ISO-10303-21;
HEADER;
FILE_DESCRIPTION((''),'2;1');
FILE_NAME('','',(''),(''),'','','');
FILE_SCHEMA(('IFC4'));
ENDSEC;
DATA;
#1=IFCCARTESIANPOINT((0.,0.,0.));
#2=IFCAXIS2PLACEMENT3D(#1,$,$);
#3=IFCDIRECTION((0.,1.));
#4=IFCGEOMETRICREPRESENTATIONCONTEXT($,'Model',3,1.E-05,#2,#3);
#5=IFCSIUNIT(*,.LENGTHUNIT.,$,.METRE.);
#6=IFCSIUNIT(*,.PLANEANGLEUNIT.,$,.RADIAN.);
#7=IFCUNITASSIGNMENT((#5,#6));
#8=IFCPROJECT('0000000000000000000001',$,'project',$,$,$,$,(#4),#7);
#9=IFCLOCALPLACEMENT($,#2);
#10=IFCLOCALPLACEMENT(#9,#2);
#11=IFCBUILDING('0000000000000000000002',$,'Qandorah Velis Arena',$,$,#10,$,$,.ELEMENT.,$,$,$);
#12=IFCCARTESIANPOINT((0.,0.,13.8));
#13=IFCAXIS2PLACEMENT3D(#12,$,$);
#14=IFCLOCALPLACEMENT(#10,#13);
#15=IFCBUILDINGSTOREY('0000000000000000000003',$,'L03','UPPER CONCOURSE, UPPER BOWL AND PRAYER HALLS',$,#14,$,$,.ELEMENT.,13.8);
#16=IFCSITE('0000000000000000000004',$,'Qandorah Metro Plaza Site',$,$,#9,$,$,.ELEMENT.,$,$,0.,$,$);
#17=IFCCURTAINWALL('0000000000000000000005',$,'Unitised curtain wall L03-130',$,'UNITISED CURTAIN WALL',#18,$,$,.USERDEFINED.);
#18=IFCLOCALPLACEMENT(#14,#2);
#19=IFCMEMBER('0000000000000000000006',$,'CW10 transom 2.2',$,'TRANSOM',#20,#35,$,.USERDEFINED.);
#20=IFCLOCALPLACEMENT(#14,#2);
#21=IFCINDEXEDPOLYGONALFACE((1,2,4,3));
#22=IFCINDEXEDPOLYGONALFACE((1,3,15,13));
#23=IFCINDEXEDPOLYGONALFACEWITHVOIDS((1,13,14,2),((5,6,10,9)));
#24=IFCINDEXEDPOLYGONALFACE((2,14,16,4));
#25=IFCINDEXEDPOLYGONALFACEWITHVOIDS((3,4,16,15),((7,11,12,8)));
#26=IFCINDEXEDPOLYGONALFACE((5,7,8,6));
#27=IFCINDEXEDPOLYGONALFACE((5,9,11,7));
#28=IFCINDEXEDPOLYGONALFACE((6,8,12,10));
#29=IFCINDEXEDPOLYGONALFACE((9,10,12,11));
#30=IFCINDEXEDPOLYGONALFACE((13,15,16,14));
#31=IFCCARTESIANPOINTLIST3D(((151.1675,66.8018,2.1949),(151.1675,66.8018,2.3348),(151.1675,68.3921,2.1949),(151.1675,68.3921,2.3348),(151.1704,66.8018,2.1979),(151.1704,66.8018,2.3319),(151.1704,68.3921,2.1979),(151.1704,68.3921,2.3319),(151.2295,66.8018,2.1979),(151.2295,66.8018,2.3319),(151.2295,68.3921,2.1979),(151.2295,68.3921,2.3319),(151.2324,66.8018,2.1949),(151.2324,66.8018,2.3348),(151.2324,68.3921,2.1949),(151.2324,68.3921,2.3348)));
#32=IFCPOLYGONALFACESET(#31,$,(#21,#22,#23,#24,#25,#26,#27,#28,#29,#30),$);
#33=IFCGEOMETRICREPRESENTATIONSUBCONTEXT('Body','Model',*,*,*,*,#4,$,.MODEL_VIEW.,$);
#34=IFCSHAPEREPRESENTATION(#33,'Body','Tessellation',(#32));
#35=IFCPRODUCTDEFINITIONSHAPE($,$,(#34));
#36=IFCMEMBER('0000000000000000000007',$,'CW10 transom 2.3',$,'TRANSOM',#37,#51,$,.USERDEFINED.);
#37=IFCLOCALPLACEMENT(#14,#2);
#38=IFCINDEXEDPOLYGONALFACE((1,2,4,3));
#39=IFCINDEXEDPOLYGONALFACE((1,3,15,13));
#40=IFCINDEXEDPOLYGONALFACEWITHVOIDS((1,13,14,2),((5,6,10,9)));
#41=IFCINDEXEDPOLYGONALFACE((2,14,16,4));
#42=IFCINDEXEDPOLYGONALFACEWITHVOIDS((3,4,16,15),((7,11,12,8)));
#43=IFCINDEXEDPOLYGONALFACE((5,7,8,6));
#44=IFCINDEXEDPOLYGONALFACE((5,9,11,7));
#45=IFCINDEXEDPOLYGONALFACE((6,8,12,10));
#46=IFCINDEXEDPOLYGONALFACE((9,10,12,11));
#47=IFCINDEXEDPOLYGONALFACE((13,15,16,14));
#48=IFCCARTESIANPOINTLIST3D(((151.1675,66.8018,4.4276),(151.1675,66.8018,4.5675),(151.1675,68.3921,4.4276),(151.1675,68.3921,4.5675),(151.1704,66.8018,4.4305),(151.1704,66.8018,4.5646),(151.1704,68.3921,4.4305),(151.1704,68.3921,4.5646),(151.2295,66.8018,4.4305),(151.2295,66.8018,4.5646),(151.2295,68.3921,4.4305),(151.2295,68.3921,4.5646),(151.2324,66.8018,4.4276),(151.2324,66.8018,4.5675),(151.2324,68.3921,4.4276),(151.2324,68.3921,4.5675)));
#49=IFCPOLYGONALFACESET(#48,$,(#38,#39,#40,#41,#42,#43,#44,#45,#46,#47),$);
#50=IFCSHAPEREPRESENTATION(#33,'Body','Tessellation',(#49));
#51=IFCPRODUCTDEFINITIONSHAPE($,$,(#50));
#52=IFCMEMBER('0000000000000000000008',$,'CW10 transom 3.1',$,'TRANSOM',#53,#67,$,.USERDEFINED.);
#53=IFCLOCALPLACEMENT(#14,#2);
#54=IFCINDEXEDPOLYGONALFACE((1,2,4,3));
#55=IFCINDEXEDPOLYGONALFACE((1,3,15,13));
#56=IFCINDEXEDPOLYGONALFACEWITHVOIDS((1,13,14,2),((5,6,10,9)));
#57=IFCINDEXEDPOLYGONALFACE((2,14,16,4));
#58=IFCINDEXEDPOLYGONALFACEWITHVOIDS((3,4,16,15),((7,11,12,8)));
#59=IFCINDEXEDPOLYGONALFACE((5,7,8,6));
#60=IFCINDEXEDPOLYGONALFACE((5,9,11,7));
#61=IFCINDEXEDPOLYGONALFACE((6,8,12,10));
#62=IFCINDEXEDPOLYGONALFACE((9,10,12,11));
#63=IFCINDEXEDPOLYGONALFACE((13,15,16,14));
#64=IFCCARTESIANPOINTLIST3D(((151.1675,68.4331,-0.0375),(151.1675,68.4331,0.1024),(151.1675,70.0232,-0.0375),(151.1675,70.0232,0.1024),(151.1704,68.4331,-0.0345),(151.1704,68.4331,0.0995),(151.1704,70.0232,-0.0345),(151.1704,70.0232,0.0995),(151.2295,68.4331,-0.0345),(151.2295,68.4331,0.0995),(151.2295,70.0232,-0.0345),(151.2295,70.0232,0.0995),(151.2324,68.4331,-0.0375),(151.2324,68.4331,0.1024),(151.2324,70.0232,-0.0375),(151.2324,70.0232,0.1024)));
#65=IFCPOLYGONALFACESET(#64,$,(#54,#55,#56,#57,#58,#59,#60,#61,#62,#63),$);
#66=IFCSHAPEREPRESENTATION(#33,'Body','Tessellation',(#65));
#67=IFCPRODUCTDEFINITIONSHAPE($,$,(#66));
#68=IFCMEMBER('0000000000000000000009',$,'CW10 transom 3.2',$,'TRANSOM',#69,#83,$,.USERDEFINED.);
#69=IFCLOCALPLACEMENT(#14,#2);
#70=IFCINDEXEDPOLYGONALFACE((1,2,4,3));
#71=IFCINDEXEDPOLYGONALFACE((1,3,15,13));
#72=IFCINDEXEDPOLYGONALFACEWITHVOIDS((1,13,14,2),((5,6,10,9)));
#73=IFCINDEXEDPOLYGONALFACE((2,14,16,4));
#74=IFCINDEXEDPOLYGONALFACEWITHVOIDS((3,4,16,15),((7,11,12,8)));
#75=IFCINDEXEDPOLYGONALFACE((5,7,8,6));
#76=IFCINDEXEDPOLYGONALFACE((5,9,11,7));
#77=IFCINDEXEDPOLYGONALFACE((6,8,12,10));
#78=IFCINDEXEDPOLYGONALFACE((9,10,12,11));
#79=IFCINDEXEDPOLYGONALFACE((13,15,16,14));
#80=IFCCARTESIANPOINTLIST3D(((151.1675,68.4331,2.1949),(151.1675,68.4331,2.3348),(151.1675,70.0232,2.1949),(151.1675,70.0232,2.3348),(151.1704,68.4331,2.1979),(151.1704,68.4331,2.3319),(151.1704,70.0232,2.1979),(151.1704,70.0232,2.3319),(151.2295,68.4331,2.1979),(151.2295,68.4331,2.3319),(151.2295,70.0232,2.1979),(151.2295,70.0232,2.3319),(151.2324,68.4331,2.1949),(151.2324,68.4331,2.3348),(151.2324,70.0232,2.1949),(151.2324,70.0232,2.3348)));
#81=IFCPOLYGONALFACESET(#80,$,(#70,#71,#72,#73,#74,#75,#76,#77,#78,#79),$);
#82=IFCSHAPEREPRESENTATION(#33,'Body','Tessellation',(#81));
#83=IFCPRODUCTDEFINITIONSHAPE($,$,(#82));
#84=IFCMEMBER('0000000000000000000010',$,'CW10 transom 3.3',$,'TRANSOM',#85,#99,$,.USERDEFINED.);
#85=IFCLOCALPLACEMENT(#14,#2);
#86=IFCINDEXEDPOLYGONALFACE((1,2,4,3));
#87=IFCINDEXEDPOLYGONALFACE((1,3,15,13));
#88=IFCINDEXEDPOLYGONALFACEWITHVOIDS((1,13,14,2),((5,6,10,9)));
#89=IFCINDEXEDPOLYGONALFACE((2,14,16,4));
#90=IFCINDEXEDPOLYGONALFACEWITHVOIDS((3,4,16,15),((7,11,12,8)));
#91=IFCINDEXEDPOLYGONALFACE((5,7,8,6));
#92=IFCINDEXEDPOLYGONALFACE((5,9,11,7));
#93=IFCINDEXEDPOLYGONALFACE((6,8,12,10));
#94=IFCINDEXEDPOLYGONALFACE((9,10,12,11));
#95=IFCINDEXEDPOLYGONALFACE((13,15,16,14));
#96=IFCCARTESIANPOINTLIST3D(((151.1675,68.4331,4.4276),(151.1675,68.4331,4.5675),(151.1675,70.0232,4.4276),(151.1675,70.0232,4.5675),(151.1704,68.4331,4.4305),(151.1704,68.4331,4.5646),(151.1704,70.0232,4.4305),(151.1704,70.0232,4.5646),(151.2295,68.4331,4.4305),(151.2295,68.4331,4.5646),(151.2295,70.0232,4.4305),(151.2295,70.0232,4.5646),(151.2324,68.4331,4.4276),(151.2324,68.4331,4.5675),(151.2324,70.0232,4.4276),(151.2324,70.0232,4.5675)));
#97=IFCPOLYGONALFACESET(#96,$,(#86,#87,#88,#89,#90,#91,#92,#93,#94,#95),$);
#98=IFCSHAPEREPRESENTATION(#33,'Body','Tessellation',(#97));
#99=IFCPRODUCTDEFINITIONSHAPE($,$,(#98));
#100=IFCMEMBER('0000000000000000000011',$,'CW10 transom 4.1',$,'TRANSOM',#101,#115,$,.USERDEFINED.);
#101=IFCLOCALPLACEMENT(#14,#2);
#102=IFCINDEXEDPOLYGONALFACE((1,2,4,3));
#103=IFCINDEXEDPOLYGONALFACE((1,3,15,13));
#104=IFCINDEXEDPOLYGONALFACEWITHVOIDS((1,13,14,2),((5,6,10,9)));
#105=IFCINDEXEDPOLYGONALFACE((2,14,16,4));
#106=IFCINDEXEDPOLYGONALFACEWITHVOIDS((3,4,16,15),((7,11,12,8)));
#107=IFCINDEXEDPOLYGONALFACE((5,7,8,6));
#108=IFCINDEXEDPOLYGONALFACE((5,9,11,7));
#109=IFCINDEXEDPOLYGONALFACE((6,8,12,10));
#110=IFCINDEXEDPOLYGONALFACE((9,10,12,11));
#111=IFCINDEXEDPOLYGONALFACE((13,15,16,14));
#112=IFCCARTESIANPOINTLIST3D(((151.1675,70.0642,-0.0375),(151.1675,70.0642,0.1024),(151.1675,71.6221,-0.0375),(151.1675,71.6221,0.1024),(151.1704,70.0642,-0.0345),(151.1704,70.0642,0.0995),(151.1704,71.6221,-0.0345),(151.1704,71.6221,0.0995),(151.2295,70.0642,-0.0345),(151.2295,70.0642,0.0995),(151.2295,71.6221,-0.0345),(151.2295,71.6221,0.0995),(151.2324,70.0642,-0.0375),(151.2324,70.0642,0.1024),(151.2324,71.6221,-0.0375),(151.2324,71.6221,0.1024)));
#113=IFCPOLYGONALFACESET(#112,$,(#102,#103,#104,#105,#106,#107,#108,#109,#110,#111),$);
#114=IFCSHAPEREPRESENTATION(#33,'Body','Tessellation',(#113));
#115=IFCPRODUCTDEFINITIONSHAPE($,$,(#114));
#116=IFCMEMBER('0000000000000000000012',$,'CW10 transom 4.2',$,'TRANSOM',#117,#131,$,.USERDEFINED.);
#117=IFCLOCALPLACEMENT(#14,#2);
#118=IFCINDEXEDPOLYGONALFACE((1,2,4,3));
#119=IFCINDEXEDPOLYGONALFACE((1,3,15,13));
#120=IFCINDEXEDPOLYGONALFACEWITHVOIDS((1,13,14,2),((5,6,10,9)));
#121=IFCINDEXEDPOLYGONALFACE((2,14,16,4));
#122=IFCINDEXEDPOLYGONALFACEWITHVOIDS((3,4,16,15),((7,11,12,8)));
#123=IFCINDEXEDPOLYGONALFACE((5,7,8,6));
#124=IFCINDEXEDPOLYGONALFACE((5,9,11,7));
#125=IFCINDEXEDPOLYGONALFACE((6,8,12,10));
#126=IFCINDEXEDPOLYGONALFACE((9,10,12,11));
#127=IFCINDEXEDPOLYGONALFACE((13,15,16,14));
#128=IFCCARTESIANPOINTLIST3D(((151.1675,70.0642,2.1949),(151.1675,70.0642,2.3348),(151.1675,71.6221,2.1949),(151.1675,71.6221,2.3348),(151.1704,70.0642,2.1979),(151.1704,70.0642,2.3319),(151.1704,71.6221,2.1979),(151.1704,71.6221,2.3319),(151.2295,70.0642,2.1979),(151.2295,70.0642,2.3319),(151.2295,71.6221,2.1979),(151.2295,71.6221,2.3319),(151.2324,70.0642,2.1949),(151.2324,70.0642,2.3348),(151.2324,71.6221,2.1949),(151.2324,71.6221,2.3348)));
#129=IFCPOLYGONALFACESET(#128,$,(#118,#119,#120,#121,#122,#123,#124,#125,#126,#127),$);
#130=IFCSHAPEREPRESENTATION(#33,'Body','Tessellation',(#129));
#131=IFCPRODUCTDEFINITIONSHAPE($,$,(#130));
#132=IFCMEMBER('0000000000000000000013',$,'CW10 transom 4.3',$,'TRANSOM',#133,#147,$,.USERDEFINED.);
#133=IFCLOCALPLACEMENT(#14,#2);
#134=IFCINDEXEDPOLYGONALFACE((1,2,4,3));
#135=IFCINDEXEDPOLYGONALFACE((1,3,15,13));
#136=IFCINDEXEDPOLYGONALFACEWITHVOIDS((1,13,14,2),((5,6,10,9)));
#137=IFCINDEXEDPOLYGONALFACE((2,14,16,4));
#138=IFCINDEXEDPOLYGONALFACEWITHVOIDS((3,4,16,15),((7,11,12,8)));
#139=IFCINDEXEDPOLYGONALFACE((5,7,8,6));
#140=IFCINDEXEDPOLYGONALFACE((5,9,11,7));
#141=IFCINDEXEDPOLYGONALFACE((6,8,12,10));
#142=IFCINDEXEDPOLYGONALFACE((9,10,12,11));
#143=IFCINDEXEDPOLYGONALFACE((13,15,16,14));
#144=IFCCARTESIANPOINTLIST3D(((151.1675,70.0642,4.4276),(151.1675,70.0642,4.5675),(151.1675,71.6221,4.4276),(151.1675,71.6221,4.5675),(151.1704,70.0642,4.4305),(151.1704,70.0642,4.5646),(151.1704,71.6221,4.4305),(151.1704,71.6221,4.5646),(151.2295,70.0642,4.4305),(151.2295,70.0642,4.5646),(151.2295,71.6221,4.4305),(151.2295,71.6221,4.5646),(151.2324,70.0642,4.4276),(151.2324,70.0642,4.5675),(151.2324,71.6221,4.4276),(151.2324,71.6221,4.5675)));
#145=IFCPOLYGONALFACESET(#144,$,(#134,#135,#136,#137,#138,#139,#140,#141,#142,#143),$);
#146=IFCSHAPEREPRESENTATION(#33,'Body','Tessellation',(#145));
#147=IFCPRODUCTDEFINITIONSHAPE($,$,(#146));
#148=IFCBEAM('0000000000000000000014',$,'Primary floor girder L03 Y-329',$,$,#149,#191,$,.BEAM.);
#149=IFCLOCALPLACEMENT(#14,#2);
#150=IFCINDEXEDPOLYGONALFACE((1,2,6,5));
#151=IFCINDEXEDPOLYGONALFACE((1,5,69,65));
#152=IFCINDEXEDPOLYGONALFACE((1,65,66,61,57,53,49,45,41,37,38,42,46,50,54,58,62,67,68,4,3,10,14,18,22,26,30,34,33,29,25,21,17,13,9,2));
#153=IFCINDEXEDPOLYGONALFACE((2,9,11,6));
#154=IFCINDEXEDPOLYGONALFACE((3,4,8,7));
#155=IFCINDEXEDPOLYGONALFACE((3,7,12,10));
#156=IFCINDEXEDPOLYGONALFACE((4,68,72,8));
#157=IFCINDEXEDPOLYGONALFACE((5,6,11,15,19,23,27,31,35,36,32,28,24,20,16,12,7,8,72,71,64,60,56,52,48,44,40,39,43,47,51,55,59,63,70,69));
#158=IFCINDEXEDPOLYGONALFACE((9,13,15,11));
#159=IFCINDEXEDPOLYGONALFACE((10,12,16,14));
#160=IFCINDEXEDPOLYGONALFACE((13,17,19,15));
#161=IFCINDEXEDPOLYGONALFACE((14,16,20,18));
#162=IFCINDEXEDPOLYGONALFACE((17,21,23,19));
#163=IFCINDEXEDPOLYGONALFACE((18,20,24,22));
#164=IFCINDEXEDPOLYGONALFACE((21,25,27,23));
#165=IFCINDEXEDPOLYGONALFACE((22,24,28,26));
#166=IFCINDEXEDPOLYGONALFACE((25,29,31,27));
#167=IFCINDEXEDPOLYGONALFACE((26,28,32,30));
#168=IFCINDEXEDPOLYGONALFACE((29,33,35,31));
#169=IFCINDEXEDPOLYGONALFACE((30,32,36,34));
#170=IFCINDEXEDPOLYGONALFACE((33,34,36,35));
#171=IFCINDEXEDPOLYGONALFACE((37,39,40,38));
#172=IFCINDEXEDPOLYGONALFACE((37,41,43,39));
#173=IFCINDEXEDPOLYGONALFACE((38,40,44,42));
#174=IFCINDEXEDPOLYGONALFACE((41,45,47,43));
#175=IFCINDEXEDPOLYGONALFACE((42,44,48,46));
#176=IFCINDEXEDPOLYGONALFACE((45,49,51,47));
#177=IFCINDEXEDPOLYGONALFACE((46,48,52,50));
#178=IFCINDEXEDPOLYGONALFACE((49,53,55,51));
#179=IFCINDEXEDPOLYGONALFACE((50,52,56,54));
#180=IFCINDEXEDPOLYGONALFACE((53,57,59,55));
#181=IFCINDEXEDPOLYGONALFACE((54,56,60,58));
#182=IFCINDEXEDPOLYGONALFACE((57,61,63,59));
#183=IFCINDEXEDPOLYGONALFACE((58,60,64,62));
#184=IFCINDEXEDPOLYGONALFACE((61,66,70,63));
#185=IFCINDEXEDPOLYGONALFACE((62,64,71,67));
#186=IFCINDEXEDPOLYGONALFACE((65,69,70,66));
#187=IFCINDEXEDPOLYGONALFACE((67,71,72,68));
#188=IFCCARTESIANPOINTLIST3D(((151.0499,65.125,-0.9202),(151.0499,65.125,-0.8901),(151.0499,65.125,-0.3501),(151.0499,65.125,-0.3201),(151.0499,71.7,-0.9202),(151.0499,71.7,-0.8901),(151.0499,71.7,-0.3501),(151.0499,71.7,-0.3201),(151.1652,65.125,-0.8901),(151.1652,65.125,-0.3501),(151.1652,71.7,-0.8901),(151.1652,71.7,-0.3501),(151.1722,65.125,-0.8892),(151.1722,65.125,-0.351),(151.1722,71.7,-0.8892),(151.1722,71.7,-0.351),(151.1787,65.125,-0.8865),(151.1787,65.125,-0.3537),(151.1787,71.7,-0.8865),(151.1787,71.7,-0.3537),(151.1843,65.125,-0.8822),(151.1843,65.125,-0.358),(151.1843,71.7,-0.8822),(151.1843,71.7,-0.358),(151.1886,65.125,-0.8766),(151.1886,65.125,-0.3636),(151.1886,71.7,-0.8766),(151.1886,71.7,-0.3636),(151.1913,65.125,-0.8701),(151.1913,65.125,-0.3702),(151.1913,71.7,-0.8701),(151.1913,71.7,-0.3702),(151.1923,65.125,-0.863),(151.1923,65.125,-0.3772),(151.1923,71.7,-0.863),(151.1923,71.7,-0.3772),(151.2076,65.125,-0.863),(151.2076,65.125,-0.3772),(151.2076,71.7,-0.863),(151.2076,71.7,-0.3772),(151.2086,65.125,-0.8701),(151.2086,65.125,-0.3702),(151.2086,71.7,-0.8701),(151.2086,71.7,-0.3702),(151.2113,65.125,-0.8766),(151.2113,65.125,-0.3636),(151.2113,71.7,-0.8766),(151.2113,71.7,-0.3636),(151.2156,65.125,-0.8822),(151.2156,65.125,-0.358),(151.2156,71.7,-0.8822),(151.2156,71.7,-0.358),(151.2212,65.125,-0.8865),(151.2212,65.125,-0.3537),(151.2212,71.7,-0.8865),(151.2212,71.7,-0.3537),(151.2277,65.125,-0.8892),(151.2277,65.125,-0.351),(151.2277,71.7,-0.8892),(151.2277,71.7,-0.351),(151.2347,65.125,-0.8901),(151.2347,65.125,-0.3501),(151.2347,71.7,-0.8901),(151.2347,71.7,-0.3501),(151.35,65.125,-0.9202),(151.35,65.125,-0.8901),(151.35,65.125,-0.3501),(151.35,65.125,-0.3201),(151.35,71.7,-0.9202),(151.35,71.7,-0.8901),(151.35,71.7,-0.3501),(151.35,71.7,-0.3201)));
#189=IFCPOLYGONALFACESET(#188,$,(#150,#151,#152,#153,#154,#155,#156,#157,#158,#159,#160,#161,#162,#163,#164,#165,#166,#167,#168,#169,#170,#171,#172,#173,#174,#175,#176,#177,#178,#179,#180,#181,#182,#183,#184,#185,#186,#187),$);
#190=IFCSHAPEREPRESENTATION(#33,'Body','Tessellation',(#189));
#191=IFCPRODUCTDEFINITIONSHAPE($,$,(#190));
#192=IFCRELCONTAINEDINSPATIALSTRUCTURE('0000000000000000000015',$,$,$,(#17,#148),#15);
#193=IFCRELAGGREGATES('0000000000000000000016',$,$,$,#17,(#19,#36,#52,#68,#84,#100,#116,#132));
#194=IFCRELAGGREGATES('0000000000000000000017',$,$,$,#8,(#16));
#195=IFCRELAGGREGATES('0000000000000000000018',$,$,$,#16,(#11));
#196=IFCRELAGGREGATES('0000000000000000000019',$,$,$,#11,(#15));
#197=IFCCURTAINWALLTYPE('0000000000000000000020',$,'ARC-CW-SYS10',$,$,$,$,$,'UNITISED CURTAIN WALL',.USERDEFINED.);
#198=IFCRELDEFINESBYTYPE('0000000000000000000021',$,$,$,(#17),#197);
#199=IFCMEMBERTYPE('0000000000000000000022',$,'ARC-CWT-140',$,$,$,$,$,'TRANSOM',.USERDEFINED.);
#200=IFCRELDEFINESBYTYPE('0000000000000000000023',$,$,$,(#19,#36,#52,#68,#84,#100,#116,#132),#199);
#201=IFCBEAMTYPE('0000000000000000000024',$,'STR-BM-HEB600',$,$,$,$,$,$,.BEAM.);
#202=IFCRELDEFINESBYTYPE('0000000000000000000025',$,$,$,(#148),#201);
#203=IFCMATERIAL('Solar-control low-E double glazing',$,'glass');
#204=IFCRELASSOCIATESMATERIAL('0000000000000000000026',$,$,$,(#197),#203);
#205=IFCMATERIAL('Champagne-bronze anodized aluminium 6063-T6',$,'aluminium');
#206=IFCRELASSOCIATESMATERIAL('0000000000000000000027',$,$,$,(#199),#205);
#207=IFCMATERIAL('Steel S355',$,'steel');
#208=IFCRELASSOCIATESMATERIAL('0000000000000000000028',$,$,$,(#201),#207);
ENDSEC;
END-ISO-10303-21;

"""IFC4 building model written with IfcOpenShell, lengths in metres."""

from ifc_helpers import new_model, si_unit, direction, frame, origin, origin_2d, place, context, subcontext, project, spatial, hollow_rectangle, i_section, extrude, material, material_profile, profile_set, type_object, element, aggregate, save


model = new_model("IFC4")

# Units and contexts
model_context = context("Model", 3, precision=1e-05, world=origin(), true_north=direction((0.0, 1.0)))
body_context = subcontext(model_context, "Body", "Model", "MODEL_VIEW")
ifc_project = project(units=[si_unit("LENGTHUNIT", "METRE"), si_unit("PLANEANGLEUNIT", "RADIAN")], contexts=[model_context])

# Site, building, storey
site_placement = place(None, origin())
site = spatial("IfcSite", under=ifc_project, at=site_placement, Name="Qandorah Metro Plaza Site", CompositionType="ELEMENT", RefElevation=0.0)
building_placement = place(site_placement, origin())
building = spatial("IfcBuilding", under=site, at=building_placement, Name="Qandorah Velis Arena", CompositionType="ELEMENT")
storey_placement = place(building_placement, frame((0.0, 0.0, 13.8)))
storey = spatial("IfcBuildingStorey", under=building, at=storey_placement, Name="L03", Description="UPPER CONCOURSE, UPPER BOWL AND PRAYER HALLS", CompositionType="ELEMENT", Elevation=13.8)

# Curtain wall
ifc_material_1 = material(Name="Solar-control low-E double glazing", Category="glass")
curtain_wall_type_1 = type_object("IfcCurtainWallType", Name="ARC-CW-SYS10", ElementType="UNITISED CURTAIN WALL", PredefinedType="USERDEFINED", material=ifc_material_1)
curtain_wall_1_placement = place(storey_placement, origin())
curtain_wall_1 = element("IfcCurtainWall", 1, at=curtain_wall_1_placement, inside=storey, type_object=curtain_wall_type_1, Name="Unitised curtain wall L03-130", ObjectType="UNITISED CURTAIN WALL", PredefinedType="USERDEFINED")
ifc_material_2 = material(Name="Champagne-bronze anodized aluminium 6063-T6", Category="aluminium")

# Members
ifc_material_profile_1 = material_profile(ifc_material_2, hollow_rectangle(XDim=0.0649, YDim=0.1399, WallThickness=0.0029, at=origin_2d()), Name="ALU TRANSOM 65x140")
ifc_profile_set_1 = profile_set([ifc_material_profile_1], Name="Champagne-bronze anodized aluminium 6063-T6")
member_type_1 = type_object("IfcMemberType", Name="ARC-CWT-140", ElementType="TRANSOM", PredefinedType="USERDEFINED", material=ifc_profile_set_1)
member_1_placement = place(storey_placement, frame((151.2, 66.8018, 2.2649), z_axis=(0.0, 1.0, 0.0), x_axis=(-1.0, 0.0, 0.0)))
member_1 = element("IfcMember", 2, at=member_1_placement, type_object=member_type_1, Name="CW10 transom 2.2", ObjectType="TRANSOM", PredefinedType="USERDEFINED", context=body_context, shape_type="SweptSolid", body=[
    extrude(hollow_rectangle(XDim=0.0649, YDim=0.1399, WallThickness=0.0029, at=origin_2d()), origin(), (0.0, 0.0, 1.0), 1.5903),
])
member_2_placement = place(storey_placement, frame((151.2, 66.8018, 4.4976), z_axis=(0.0, 1.0, 0.0), x_axis=(-1.0, 0.0, 0.0)))
member_2 = element("IfcMember", 3, at=member_2_placement, type_object=member_type_1, Name="CW10 transom 2.3", ObjectType="TRANSOM", PredefinedType="USERDEFINED", context=body_context, shape_type="SweptSolid", body=[
    extrude(hollow_rectangle(XDim=0.0649, YDim=0.1399, WallThickness=0.0029, at=origin_2d()), origin(), (0.0, 0.0, 1.0), 1.5903),
])
member_3_placement = place(storey_placement, frame((151.2, 68.4331, 0.0325), z_axis=(0.0, 1.0, 0.0), x_axis=(-1.0, 0.0, 0.0)))
member_3 = element("IfcMember", 4, at=member_3_placement, type_object=member_type_1, Name="CW10 transom 3.1", ObjectType="TRANSOM", PredefinedType="USERDEFINED", context=body_context, shape_type="SweptSolid", body=[
    extrude(hollow_rectangle(XDim=0.0649, YDim=0.1399, WallThickness=0.0029, at=origin_2d()), origin(), (0.0, 0.0, 1.0), 1.5901),
])
member_4_placement = place(storey_placement, frame((151.2, 68.4331, 2.2649), z_axis=(0.0, 1.0, 0.0), x_axis=(-1.0, 0.0, 0.0)))
member_4 = element("IfcMember", 5, at=member_4_placement, type_object=member_type_1, Name="CW10 transom 3.2", ObjectType="TRANSOM", PredefinedType="USERDEFINED", context=body_context, shape_type="SweptSolid", body=[
    extrude(hollow_rectangle(XDim=0.0649, YDim=0.1399, WallThickness=0.0029, at=origin_2d()), origin(), (0.0, 0.0, 1.0), 1.5901),
])
member_5_placement = place(storey_placement, frame((151.2, 68.4331, 4.4976), z_axis=(0.0, 1.0, 0.0), x_axis=(-1.0, 0.0, 0.0)))
member_5 = element("IfcMember", 6, at=member_5_placement, type_object=member_type_1, Name="CW10 transom 3.3", ObjectType="TRANSOM", PredefinedType="USERDEFINED", context=body_context, shape_type="SweptSolid", body=[
    extrude(hollow_rectangle(XDim=0.0649, YDim=0.1399, WallThickness=0.0029, at=origin_2d()), origin(), (0.0, 0.0, 1.0), 1.5901),
])
member_6_placement = place(storey_placement, frame((151.2, 70.0642, 0.0325), z_axis=(0.0, 1.0, 0.0), x_axis=(-1.0, 0.0, 0.0)))
member_6 = element("IfcMember", 7, at=member_6_placement, type_object=member_type_1, Name="CW10 transom 4.1", ObjectType="TRANSOM", PredefinedType="USERDEFINED", context=body_context, shape_type="SweptSolid", body=[
    extrude(hollow_rectangle(XDim=0.0649, YDim=0.1399, WallThickness=0.0029, at=origin_2d()), origin(), (0.0, 0.0, 1.0), 1.5579),
])
member_7_placement = place(storey_placement, frame((151.2, 70.0642, 2.2649), z_axis=(0.0, 1.0, 0.0), x_axis=(-1.0, 0.0, 0.0)))
member_7 = element("IfcMember", 8, at=member_7_placement, type_object=member_type_1, Name="CW10 transom 4.2", ObjectType="TRANSOM", PredefinedType="USERDEFINED", context=body_context, shape_type="SweptSolid", body=[
    extrude(hollow_rectangle(XDim=0.0649, YDim=0.1399, WallThickness=0.0029, at=origin_2d()), origin(), (0.0, 0.0, 1.0), 1.5579),
])
member_8_placement = place(storey_placement, frame((151.2, 70.0642, 4.4976), z_axis=(0.0, 1.0, 0.0), x_axis=(-1.0, 0.0, 0.0)))
member_8 = element("IfcMember", 9, at=member_8_placement, type_object=member_type_1, Name="CW10 transom 4.3", ObjectType="TRANSOM", PredefinedType="USERDEFINED", context=body_context, shape_type="SweptSolid", body=[
    extrude(hollow_rectangle(XDim=0.0649, YDim=0.1399, WallThickness=0.0029, at=origin_2d()), origin(), (0.0, 0.0, 1.0), 1.5579),
])

# Beam
ifc_material_3 = material(Name="Steel S355", Category="steel")
ifc_material_profile_2 = material_profile(ifc_material_3, i_section(OverallWidth=0.3, OverallDepth=0.6001, WebThickness=0.0154, FlangeThickness=0.03, FilletRadius=0.0271, at=origin_2d()), Name="HEB 600")
ifc_profile_set_2 = profile_set([ifc_material_profile_2], Name="Steel S355")
beam_type_1 = type_object("IfcBeamType", Name="STR-BM-HEB600", PredefinedType="BEAM", material=ifc_profile_set_2)
for number, where, z_axis, x_axis, name in (
    (10, (151.2, 65.125, -0.6201), (0.0, 1.0, 0.0), (-1.0, 0.0, 0.0), "Primary floor girder L03 Y-329"),
):
    element("IfcBeam", number, at=place(storey_placement, frame(where, z_axis=z_axis, x_axis=x_axis)), inside=storey, type_object=beam_type_1, Name=name, PredefinedType="BEAM", context=body_context, shape_type="SweptSolid", body=[
        extrude(i_section(OverallWidth=0.3, OverallDepth=0.6001, WebThickness=0.0154, FlangeThickness=0.03, FilletRadius=0.0271, at=origin_2d()), origin(), (0.0, 0.0, 1.0), 6.575),
    ])

aggregate(curtain_wall_1, [member_1, member_2, member_3, member_4, member_5, member_6, member_7, member_8])

save(model, "model.ifc")
